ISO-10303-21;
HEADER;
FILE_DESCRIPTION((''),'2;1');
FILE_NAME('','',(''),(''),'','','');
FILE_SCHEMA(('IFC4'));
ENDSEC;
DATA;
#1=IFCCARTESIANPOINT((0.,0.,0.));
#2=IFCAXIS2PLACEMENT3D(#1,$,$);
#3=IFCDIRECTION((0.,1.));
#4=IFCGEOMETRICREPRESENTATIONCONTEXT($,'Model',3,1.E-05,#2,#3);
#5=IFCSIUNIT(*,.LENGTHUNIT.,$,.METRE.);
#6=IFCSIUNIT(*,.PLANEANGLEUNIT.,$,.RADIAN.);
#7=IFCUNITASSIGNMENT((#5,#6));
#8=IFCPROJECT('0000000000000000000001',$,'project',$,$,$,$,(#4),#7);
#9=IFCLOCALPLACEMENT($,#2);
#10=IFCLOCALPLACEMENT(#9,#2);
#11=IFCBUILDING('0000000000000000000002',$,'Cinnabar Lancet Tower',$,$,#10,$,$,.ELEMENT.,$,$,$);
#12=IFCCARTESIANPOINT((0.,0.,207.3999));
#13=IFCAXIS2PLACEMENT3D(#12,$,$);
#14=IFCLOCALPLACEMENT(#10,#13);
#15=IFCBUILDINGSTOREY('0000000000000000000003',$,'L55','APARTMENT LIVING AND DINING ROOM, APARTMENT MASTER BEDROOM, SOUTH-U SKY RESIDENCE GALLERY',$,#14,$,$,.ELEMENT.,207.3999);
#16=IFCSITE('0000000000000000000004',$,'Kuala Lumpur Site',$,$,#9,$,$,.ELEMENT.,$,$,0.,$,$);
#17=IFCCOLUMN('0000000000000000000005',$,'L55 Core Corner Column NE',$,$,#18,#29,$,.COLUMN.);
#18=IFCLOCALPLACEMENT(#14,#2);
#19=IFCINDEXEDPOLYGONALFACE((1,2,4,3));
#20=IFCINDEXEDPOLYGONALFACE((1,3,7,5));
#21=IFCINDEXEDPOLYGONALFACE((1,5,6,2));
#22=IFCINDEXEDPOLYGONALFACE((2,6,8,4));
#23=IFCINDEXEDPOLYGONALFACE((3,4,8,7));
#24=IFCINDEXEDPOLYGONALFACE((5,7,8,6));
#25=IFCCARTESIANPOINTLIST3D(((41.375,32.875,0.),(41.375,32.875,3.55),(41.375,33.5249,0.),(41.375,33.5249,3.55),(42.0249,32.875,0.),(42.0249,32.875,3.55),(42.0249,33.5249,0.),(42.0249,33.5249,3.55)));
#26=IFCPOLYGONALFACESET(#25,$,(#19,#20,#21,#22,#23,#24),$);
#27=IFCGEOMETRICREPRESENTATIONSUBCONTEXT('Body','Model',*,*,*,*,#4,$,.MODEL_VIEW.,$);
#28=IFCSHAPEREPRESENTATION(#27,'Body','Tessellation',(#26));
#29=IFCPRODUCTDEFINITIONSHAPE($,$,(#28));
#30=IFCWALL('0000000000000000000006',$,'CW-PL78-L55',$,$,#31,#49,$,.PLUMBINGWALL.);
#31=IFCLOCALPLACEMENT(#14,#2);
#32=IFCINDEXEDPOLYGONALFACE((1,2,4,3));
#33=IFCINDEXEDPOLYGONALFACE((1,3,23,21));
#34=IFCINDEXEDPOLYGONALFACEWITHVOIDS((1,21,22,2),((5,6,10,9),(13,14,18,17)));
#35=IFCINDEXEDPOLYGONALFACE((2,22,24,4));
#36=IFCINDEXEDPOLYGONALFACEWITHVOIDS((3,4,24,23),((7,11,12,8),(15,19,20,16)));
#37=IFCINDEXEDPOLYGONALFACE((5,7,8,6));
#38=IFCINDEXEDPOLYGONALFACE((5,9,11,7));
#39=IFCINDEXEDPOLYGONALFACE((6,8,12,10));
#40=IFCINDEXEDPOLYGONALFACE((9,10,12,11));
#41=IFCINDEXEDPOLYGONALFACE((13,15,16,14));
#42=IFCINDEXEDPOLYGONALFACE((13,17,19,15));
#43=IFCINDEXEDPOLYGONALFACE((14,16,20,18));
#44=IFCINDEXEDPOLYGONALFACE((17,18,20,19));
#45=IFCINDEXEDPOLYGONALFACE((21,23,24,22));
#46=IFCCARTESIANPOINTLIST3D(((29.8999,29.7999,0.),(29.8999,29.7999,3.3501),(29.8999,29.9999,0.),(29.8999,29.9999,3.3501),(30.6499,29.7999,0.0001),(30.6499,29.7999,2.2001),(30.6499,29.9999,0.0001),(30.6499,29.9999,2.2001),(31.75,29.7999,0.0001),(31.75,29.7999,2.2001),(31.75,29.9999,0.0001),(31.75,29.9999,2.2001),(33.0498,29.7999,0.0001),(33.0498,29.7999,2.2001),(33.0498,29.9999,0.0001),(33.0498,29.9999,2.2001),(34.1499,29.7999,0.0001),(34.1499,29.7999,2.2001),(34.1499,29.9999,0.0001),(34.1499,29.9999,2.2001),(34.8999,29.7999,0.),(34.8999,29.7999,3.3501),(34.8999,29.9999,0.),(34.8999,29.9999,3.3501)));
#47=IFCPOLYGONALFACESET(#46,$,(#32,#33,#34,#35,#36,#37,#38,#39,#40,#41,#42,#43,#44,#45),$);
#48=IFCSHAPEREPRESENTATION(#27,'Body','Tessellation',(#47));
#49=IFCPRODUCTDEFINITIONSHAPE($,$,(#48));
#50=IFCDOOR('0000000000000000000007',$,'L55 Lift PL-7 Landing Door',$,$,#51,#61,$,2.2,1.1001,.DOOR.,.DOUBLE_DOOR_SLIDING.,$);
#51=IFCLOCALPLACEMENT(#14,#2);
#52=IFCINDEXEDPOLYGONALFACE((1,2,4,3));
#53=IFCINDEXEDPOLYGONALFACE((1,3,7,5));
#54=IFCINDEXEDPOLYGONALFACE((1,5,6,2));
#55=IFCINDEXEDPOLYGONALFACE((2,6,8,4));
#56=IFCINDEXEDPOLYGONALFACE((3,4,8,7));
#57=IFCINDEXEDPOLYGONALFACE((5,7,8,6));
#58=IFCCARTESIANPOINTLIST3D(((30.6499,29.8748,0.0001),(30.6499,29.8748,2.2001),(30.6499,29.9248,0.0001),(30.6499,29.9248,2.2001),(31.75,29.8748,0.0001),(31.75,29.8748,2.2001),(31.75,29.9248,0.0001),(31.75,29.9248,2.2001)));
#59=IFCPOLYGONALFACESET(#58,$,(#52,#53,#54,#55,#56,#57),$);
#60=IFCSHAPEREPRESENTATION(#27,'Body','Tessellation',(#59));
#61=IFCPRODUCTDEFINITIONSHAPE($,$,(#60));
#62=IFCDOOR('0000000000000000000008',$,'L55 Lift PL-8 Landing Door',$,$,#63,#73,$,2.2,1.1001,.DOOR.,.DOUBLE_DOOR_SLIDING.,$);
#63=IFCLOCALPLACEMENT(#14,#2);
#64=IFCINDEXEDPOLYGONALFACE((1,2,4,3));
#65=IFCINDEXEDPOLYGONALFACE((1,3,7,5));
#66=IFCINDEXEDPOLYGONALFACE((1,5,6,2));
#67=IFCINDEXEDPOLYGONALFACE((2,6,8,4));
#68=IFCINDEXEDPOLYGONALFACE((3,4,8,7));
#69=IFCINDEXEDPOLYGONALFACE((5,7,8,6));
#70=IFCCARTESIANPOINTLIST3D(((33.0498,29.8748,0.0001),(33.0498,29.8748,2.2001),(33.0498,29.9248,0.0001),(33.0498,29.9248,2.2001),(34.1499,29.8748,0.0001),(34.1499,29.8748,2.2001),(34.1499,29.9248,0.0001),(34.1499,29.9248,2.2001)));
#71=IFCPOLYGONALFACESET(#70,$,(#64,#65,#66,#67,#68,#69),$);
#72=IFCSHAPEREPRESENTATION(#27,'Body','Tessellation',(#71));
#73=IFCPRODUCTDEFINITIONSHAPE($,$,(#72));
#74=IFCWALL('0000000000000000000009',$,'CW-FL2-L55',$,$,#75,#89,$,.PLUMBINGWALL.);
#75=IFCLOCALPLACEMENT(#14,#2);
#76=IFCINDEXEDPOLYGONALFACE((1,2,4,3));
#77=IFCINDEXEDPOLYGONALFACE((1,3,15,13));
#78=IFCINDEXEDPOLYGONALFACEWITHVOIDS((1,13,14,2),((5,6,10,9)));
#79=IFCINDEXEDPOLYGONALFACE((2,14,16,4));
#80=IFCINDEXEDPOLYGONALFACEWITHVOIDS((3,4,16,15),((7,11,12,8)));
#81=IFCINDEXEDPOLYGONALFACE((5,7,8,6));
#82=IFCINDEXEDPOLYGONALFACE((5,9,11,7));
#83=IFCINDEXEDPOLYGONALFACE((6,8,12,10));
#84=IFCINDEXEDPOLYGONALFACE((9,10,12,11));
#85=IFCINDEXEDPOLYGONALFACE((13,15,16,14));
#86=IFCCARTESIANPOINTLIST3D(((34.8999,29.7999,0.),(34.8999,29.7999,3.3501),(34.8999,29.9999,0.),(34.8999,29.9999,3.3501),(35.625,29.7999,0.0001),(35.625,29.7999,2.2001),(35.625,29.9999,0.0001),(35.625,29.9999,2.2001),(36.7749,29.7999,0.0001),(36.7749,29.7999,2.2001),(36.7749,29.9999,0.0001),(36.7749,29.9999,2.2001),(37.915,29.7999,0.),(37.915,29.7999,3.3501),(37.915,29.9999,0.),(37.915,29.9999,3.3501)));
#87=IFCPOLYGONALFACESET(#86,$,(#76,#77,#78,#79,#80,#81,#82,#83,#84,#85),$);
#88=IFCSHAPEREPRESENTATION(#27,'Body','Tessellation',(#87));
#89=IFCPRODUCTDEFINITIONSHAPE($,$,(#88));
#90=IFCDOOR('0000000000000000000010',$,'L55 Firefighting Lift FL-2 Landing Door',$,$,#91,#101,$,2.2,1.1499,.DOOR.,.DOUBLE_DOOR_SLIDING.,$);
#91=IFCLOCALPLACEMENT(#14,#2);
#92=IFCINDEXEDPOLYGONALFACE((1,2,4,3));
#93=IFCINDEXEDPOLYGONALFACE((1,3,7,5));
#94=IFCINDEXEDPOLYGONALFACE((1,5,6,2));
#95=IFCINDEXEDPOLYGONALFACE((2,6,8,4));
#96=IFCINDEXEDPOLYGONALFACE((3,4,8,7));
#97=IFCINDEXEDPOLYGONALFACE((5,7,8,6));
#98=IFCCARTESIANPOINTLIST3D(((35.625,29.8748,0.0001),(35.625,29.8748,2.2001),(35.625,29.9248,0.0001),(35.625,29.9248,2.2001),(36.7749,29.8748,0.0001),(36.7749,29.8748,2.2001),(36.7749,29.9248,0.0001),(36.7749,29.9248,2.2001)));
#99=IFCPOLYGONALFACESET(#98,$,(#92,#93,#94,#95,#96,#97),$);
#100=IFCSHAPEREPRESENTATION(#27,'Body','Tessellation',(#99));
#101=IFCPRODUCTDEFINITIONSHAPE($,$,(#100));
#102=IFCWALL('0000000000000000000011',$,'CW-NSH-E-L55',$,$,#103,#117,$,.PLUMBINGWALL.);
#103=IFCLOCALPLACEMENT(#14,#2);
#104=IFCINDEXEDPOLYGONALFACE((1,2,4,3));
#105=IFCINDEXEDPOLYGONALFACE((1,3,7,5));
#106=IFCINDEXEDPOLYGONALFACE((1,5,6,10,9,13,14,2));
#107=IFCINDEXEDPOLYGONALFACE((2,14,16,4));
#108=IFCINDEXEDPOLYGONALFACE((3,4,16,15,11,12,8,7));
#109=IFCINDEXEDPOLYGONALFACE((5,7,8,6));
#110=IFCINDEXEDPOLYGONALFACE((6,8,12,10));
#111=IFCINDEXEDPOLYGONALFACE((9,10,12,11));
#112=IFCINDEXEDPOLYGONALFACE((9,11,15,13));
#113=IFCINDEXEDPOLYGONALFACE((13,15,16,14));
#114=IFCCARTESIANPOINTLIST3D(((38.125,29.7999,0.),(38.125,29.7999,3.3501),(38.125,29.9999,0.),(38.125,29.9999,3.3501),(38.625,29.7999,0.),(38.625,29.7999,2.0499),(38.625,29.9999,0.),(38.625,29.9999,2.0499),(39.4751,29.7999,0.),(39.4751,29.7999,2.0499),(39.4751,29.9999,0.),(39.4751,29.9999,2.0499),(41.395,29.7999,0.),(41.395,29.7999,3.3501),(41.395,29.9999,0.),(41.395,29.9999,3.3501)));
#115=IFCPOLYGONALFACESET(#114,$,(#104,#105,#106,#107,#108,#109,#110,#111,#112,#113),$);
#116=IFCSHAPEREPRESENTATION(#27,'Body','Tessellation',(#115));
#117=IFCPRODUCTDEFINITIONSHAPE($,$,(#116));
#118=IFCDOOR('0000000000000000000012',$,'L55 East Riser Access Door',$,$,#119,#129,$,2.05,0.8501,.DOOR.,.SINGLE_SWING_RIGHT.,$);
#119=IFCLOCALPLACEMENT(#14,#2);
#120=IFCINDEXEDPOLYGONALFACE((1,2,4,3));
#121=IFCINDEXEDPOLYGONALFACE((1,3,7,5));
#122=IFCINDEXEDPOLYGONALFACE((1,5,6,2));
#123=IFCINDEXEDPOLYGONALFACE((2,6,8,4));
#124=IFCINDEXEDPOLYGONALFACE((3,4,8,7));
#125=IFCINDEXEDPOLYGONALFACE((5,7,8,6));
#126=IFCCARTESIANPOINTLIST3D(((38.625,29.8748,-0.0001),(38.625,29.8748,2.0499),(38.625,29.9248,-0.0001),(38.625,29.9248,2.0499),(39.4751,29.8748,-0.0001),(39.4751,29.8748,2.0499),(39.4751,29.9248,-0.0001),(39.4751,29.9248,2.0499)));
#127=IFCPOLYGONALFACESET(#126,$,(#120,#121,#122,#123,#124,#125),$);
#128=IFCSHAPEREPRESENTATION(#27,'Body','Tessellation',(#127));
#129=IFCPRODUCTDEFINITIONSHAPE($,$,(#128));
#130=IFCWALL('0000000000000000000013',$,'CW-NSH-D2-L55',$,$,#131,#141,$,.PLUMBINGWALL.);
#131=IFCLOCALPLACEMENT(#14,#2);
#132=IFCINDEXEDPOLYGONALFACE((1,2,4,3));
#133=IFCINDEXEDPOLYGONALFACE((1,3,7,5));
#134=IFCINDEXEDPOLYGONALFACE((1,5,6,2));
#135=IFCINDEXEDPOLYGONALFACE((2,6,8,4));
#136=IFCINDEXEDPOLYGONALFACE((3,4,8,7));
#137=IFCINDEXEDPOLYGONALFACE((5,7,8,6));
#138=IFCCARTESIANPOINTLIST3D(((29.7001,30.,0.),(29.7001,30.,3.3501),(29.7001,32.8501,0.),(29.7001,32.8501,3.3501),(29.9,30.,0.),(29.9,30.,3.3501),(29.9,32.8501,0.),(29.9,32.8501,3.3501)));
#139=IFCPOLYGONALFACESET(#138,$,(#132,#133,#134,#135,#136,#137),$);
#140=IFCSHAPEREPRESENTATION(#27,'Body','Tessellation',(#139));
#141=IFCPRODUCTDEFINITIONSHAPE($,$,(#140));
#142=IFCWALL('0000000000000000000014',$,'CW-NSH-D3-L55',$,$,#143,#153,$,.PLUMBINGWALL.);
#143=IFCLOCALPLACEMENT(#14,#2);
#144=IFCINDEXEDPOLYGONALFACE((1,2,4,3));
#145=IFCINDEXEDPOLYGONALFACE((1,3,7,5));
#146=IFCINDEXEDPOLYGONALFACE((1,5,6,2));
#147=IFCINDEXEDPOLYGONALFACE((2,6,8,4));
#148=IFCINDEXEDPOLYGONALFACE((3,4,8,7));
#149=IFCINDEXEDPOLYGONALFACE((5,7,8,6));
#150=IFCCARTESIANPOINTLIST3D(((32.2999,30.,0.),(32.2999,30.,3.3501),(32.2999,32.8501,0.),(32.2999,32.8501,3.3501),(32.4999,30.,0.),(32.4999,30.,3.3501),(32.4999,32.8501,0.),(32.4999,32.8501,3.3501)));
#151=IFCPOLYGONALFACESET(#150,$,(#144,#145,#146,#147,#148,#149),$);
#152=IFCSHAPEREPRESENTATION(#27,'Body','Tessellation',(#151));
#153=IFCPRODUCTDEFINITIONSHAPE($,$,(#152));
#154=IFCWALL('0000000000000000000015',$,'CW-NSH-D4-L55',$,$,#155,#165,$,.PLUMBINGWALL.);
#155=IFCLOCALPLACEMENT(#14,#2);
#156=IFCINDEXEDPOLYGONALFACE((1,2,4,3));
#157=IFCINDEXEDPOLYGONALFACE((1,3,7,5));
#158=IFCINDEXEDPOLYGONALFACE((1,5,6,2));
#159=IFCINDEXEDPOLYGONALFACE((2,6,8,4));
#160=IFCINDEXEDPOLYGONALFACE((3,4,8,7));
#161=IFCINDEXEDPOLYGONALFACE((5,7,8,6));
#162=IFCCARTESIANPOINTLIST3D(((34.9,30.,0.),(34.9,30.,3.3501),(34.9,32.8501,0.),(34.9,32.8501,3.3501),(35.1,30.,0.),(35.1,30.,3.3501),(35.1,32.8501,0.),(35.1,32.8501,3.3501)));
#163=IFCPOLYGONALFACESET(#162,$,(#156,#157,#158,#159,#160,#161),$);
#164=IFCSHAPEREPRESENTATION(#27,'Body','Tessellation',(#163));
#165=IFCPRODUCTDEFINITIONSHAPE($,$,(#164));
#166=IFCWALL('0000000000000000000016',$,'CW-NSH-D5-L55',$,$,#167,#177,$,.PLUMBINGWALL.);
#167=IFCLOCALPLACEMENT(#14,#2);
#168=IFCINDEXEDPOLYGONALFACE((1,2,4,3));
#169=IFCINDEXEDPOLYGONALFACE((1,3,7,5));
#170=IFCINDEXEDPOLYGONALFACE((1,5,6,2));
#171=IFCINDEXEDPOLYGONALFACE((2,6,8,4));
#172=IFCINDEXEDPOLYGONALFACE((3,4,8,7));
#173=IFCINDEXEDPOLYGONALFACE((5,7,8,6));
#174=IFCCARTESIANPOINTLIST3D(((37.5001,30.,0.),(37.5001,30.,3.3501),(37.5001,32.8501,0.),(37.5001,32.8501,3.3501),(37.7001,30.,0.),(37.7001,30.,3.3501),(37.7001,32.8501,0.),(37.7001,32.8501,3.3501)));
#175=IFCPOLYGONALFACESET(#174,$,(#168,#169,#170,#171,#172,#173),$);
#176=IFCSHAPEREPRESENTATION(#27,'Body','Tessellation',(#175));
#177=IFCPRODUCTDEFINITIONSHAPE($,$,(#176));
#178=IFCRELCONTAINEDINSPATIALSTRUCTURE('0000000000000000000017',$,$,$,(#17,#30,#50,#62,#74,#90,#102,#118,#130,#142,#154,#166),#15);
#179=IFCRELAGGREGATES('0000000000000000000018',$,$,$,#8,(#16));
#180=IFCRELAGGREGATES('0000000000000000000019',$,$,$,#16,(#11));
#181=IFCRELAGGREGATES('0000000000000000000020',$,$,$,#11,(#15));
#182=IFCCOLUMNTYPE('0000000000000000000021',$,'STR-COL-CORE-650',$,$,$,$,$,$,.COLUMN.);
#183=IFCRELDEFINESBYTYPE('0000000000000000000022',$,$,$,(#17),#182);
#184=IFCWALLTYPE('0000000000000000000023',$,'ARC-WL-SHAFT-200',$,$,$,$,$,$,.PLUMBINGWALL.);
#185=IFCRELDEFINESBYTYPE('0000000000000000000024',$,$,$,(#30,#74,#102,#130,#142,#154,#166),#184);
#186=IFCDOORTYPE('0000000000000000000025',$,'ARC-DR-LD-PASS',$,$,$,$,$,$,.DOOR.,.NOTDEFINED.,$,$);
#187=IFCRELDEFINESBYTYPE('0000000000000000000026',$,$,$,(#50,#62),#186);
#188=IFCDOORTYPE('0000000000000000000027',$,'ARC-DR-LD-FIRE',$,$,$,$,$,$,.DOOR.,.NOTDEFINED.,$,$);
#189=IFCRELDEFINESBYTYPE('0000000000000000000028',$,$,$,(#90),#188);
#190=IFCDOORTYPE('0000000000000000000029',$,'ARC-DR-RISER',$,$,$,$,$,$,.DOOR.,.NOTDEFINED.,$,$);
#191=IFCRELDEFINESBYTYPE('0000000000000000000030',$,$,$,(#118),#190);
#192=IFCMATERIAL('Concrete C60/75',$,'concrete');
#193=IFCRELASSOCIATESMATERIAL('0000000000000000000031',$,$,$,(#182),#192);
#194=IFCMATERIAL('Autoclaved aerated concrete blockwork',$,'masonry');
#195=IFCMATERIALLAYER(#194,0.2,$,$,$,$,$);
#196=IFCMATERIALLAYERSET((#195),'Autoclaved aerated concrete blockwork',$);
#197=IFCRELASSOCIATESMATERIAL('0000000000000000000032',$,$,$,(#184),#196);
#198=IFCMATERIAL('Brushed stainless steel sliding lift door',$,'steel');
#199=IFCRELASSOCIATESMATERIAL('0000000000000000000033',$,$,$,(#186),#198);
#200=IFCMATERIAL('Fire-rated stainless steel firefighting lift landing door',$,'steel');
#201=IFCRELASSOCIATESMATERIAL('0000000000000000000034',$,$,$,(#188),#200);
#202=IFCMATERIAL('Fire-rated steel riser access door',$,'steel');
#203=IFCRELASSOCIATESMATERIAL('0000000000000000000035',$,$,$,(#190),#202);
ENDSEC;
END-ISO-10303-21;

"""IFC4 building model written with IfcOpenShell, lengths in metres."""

from ifc_helpers import new_model, si_unit, direction, frame, frame_2d, origin, origin_2d, place, context, subcontext, project, spatial, rectangle, extrude, material, layer, layer_set, material_profile, profile_set, type_object, element, fill, save


model = new_model("IFC4")

# Units and contexts
model_context = context("Model", 3, precision=1e-05, world=origin(), true_north=direction((0.0, 1.0)))
body_context = subcontext(model_context, "Body", "Model", "MODEL_VIEW")
ifc_project = project(units=[si_unit("LENGTHUNIT", "METRE"), si_unit("PLANEANGLEUNIT", "RADIAN")], contexts=[model_context])

# Site, building, storey
site_placement = place(None, origin())
site = spatial("IfcSite", under=ifc_project, at=site_placement, Name="Kuala Lumpur Site", CompositionType="ELEMENT", RefElevation=0.0)
building_placement = place(site_placement, origin())
building = spatial("IfcBuilding", under=site, at=building_placement, Name="Cinnabar Lancet Tower", CompositionType="ELEMENT")
storey_placement = place(building_placement, frame((0.0, 0.0, 207.3999)))
storey = spatial("IfcBuildingStorey", under=building, at=storey_placement, Name="L55", Description="APARTMENT LIVING AND DINING ROOM, APARTMENT MASTER BEDROOM, SOUTH-U SKY RESIDENCE GALLERY", CompositionType="ELEMENT", Elevation=207.3999)

# Column
ifc_material_1 = material(Name="Concrete C60/75", Category="concrete")
ifc_material_profile = material_profile(ifc_material_1, rectangle(XDim=0.6499, YDim=0.6499, at=origin_2d()), Name="RC-COL 650x650")
ifc_profile_set = profile_set([ifc_material_profile], Name="Concrete C60/75")
column_type = type_object("IfcColumnType", Name="STR-COL-CORE-650", PredefinedType="COLUMN", material=ifc_profile_set)
column_placement = place(storey_placement, frame((41.7, 33.2, 0.0), z_axis=(0.0, 0.0, 1.0), x_axis=(1.0, 0.0, 0.0)))
element("IfcColumn", 1, at=column_placement, inside=storey, type_object=column_type, Name="L55 Core Corner Column NE", PredefinedType="COLUMN", context=body_context, shape_type="SweptSolid", body=[
    extrude(rectangle(XDim=0.6499, YDim=0.6499, at=origin_2d()), origin(), (0.0, 0.0, 1.0), 3.55),
])

# Wall, openings, doors
ifc_material_2 = material(Name="Autoclaved aerated concrete blockwork", Category="masonry")
ifc_layer_1 = layer(ifc_material_2, 0.2)
ifc_layer_set_1 = layer_set([ifc_layer_1], Name="Autoclaved aerated concrete blockwork")
wall_type_1 = type_object("IfcWallType", Name="ARC-WL-SHAFT-200", PredefinedType="PLUMBINGWALL", material=ifc_layer_set_1)
wall_1_placement = place(storey_placement, frame((29.8999, 29.8999, 0.0), z_axis=(0.0, 0.0, 1.0), x_axis=(1.0, 0.0, 0.0)))
wall_1 = element("IfcWall", 2, at=wall_1_placement, inside=storey, type_object=wall_type_1, Name="CW-PL78-L55", PredefinedType="PLUMBINGWALL", context=body_context, shape_type="SweptSolid", body=[
    extrude(rectangle(XDim=5.0, YDim=0.2, at=frame_2d((2.5, 0.0))), origin(), (0.0, 0.0, 1.0), 3.3501),
])
opening_1_placement = place(wall_1_placement, frame((0.75, 0.0, 0.0)))
opening_1 = element("IfcOpeningElement", 3, at=opening_1_placement, cuts=wall_1, PredefinedType="OPENING", context=body_context, shape_type="SweptSolid", body=[
    extrude(rectangle(XDim=1.1001, YDim=2.2, at=frame_2d((0.55, 1.1001))), frame((0.0, 0.1099, 0.0), z_axis=(0.0, -1.0, 0.0), x_axis=(1.0, 0.0, 0.0)), (0.0, 0.0, 1.0), 0.22),
])
opening_2_placement = place(wall_1_placement, frame((3.1499, 0.0, 0.0)))
opening_2 = element("IfcOpeningElement", 4, at=opening_2_placement, cuts=wall_1, PredefinedType="OPENING", context=body_context, shape_type="SweptSolid", body=[
    extrude(rectangle(XDim=1.1001, YDim=2.2, at=frame_2d((0.55, 1.1001))), frame((0.0, 0.1099, 0.0), z_axis=(0.0, -1.0, 0.0), x_axis=(1.0, 0.0, 0.0)), (0.0, 0.0, 1.0), 0.22),
])
ifc_material_3 = material(Name="Brushed stainless steel sliding lift door", Category="steel")
door_type_1 = type_object("IfcDoorType", Name="ARC-DR-LD-PASS", OperationType="NOTDEFINED", PredefinedType="DOOR", material=ifc_material_3)
door_1_placement = place(opening_1_placement, origin())
door_1 = element("IfcDoor", 5, at=door_1_placement, inside=storey, type_object=door_type_1, Name="L55 Lift PL-7 Landing Door", OperationType="DOUBLE_DOOR_SLIDING", OverallHeight=2.2, OverallWidth=1.1001, PredefinedType="DOOR", context=body_context, shape_type="SweptSolid", body=[
    extrude(rectangle(XDim=1.1001, YDim=2.2, at=frame_2d((0.55, 1.1001))), frame((0.0, 0.0249, 0.0), z_axis=(0.0, -1.0, 0.0), x_axis=(1.0, 0.0, 0.0)), (0.0, 0.0, 1.0), 0.05),
])
fill(opening_1, door_1)
door_2_placement = place(opening_2_placement, origin())
door_2 = element("IfcDoor", 6, at=door_2_placement, inside=storey, type_object=door_type_1, Name="L55 Lift PL-8 Landing Door", OperationType="DOUBLE_DOOR_SLIDING", OverallHeight=2.2, OverallWidth=1.1001, PredefinedType="DOOR", context=body_context, shape_type="SweptSolid", body=[
    extrude(rectangle(XDim=1.1001, YDim=2.2, at=frame_2d((0.55, 1.1001))), frame((0.0, 0.0249, 0.0), z_axis=(0.0, -1.0, 0.0), x_axis=(1.0, 0.0, 0.0)), (0.0, 0.0, 1.0), 0.05),
])
fill(opening_2, door_2)

# Walls, openings, doors
wall_2_placement = place(storey_placement, frame((34.8999, 29.8999, 0.0), z_axis=(0.0, 0.0, 1.0), x_axis=(1.0, 0.0, 0.0)))
wall_2 = element("IfcWall", 7, at=wall_2_placement, inside=storey, type_object=wall_type_1, Name="CW-FL2-L55", PredefinedType="PLUMBINGWALL", context=body_context, shape_type="SweptSolid", body=[
    extrude(rectangle(XDim=3.0151, YDim=0.2, at=frame_2d((1.5076, 0.0))), origin(), (0.0, 0.0, 1.0), 3.3501),
])
opening_3_placement = place(wall_2_placement, frame((0.7251, 0.0, 0.0)))
opening_3 = element("IfcOpeningElement", 8, at=opening_3_placement, cuts=wall_2, PredefinedType="OPENING", context=body_context, shape_type="SweptSolid", body=[
    extrude(rectangle(XDim=1.1499, YDim=2.2, at=frame_2d((0.575, 1.1001))), frame((0.0, 0.1099, 0.0), z_axis=(0.0, -1.0, 0.0), x_axis=(1.0, 0.0, 0.0)), (0.0, 0.0, 1.0), 0.22),
])
ifc_material_4 = material(Name="Fire-rated stainless steel firefighting lift landing door", Category="steel")
door_type_2 = type_object("IfcDoorType", Name="ARC-DR-LD-FIRE", OperationType="NOTDEFINED", PredefinedType="DOOR", material=ifc_material_4)
door_3_placement = place(opening_3_placement, origin())
door_3 = element("IfcDoor", 9, at=door_3_placement, inside=storey, type_object=door_type_2, Name="L55 Firefighting Lift FL-2 Landing Door", OperationType="DOUBLE_DOOR_SLIDING", OverallHeight=2.2, OverallWidth=1.1499, PredefinedType="DOOR", context=body_context, shape_type="SweptSolid", body=[
    extrude(rectangle(XDim=1.1499, YDim=2.2, at=frame_2d((0.575, 1.1001))), frame((0.0, 0.0249, 0.0), z_axis=(0.0, -1.0, 0.0), x_axis=(1.0, 0.0, 0.0)), (0.0, 0.0, 1.0), 0.05),
])
fill(opening_3, door_3)
wall_3_placement = place(storey_placement, frame((38.125, 29.8999, 0.0), z_axis=(0.0, 0.0, 1.0), x_axis=(1.0, 0.0, 0.0)))
wall_3 = element("IfcWall", 10, at=wall_3_placement, inside=storey, type_object=wall_type_1, Name="CW-NSH-E-L55", PredefinedType="PLUMBINGWALL", context=body_context, shape_type="SweptSolid", body=[
    extrude(rectangle(XDim=3.27, YDim=0.2, at=frame_2d((1.635, 0.0))), origin(), (0.0, 0.0, 1.0), 3.3501),
])
opening_4_placement = place(wall_3_placement, frame((0.5, 0.0, 0.0)))
opening_4 = element("IfcOpeningElement", 11, at=opening_4_placement, cuts=wall_3, PredefinedType="OPENING", context=body_context, shape_type="SweptSolid", body=[
    extrude(rectangle(XDim=0.8501, YDim=2.05, at=frame_2d((0.425, 1.0249))), frame((0.0, 0.1099, 0.0), z_axis=(0.0, -1.0, 0.0), x_axis=(1.0, 0.0, 0.0)), (0.0, 0.0, 1.0), 0.22),
])
ifc_material_5 = material(Name="Fire-rated steel riser access door", Category="steel")
door_type_3 = type_object("IfcDoorType", Name="ARC-DR-RISER", OperationType="NOTDEFINED", PredefinedType="DOOR", material=ifc_material_5)
door_4_placement = place(opening_4_placement, origin())
door_4 = element("IfcDoor", 12, at=door_4_placement, inside=storey, type_object=door_type_3, Name="L55 East Riser Access Door", OperationType="SINGLE_SWING_RIGHT", OverallHeight=2.05, OverallWidth=0.8501, PredefinedType="DOOR", context=body_context, shape_type="SweptSolid", body=[
    extrude(rectangle(XDim=0.8501, YDim=2.05, at=frame_2d((0.425, 1.0249))), frame((0.0, 0.0249, 0.0), z_axis=(0.0, -1.0, 0.0), x_axis=(1.0, 0.0, 0.0)), (0.0, 0.0, 1.0), 0.05),
])
fill(opening_4, door_4)

# Walls
for number, where, z_axis, x_axis, name in (
    (13, (29.8, 30.0, 0.0), (0.0, 0.0, 1.0), (0.0, 1.0, 0.0), "CW-NSH-D2-L55"),
    (14, (32.3999, 30.0, 0.0), (0.0, 0.0, 1.0), (0.0, 1.0, 0.0), "CW-NSH-D3-L55"),
    (15, (35.0, 30.0, 0.0), (0.0, 0.0, 1.0), (0.0, 1.0, 0.0), "CW-NSH-D4-L55"),
    (16, (37.6001, 30.0, 0.0), (0.0, 0.0, 1.0), (0.0, 1.0, 0.0), "CW-NSH-D5-L55"),
):
    element("IfcWall", number, at=place(storey_placement, frame(where, z_axis=z_axis, x_axis=x_axis)), inside=storey, type_object=wall_type_1, Name=name, PredefinedType="PLUMBINGWALL", context=body_context, shape_type="SweptSolid", body=[
        extrude(rectangle(XDim=2.8501, YDim=0.2, at=frame_2d((1.425, 0.0))), origin(), (0.0, 0.0, 1.0), 3.3501),
    ])

save(model, "model.ifc")
